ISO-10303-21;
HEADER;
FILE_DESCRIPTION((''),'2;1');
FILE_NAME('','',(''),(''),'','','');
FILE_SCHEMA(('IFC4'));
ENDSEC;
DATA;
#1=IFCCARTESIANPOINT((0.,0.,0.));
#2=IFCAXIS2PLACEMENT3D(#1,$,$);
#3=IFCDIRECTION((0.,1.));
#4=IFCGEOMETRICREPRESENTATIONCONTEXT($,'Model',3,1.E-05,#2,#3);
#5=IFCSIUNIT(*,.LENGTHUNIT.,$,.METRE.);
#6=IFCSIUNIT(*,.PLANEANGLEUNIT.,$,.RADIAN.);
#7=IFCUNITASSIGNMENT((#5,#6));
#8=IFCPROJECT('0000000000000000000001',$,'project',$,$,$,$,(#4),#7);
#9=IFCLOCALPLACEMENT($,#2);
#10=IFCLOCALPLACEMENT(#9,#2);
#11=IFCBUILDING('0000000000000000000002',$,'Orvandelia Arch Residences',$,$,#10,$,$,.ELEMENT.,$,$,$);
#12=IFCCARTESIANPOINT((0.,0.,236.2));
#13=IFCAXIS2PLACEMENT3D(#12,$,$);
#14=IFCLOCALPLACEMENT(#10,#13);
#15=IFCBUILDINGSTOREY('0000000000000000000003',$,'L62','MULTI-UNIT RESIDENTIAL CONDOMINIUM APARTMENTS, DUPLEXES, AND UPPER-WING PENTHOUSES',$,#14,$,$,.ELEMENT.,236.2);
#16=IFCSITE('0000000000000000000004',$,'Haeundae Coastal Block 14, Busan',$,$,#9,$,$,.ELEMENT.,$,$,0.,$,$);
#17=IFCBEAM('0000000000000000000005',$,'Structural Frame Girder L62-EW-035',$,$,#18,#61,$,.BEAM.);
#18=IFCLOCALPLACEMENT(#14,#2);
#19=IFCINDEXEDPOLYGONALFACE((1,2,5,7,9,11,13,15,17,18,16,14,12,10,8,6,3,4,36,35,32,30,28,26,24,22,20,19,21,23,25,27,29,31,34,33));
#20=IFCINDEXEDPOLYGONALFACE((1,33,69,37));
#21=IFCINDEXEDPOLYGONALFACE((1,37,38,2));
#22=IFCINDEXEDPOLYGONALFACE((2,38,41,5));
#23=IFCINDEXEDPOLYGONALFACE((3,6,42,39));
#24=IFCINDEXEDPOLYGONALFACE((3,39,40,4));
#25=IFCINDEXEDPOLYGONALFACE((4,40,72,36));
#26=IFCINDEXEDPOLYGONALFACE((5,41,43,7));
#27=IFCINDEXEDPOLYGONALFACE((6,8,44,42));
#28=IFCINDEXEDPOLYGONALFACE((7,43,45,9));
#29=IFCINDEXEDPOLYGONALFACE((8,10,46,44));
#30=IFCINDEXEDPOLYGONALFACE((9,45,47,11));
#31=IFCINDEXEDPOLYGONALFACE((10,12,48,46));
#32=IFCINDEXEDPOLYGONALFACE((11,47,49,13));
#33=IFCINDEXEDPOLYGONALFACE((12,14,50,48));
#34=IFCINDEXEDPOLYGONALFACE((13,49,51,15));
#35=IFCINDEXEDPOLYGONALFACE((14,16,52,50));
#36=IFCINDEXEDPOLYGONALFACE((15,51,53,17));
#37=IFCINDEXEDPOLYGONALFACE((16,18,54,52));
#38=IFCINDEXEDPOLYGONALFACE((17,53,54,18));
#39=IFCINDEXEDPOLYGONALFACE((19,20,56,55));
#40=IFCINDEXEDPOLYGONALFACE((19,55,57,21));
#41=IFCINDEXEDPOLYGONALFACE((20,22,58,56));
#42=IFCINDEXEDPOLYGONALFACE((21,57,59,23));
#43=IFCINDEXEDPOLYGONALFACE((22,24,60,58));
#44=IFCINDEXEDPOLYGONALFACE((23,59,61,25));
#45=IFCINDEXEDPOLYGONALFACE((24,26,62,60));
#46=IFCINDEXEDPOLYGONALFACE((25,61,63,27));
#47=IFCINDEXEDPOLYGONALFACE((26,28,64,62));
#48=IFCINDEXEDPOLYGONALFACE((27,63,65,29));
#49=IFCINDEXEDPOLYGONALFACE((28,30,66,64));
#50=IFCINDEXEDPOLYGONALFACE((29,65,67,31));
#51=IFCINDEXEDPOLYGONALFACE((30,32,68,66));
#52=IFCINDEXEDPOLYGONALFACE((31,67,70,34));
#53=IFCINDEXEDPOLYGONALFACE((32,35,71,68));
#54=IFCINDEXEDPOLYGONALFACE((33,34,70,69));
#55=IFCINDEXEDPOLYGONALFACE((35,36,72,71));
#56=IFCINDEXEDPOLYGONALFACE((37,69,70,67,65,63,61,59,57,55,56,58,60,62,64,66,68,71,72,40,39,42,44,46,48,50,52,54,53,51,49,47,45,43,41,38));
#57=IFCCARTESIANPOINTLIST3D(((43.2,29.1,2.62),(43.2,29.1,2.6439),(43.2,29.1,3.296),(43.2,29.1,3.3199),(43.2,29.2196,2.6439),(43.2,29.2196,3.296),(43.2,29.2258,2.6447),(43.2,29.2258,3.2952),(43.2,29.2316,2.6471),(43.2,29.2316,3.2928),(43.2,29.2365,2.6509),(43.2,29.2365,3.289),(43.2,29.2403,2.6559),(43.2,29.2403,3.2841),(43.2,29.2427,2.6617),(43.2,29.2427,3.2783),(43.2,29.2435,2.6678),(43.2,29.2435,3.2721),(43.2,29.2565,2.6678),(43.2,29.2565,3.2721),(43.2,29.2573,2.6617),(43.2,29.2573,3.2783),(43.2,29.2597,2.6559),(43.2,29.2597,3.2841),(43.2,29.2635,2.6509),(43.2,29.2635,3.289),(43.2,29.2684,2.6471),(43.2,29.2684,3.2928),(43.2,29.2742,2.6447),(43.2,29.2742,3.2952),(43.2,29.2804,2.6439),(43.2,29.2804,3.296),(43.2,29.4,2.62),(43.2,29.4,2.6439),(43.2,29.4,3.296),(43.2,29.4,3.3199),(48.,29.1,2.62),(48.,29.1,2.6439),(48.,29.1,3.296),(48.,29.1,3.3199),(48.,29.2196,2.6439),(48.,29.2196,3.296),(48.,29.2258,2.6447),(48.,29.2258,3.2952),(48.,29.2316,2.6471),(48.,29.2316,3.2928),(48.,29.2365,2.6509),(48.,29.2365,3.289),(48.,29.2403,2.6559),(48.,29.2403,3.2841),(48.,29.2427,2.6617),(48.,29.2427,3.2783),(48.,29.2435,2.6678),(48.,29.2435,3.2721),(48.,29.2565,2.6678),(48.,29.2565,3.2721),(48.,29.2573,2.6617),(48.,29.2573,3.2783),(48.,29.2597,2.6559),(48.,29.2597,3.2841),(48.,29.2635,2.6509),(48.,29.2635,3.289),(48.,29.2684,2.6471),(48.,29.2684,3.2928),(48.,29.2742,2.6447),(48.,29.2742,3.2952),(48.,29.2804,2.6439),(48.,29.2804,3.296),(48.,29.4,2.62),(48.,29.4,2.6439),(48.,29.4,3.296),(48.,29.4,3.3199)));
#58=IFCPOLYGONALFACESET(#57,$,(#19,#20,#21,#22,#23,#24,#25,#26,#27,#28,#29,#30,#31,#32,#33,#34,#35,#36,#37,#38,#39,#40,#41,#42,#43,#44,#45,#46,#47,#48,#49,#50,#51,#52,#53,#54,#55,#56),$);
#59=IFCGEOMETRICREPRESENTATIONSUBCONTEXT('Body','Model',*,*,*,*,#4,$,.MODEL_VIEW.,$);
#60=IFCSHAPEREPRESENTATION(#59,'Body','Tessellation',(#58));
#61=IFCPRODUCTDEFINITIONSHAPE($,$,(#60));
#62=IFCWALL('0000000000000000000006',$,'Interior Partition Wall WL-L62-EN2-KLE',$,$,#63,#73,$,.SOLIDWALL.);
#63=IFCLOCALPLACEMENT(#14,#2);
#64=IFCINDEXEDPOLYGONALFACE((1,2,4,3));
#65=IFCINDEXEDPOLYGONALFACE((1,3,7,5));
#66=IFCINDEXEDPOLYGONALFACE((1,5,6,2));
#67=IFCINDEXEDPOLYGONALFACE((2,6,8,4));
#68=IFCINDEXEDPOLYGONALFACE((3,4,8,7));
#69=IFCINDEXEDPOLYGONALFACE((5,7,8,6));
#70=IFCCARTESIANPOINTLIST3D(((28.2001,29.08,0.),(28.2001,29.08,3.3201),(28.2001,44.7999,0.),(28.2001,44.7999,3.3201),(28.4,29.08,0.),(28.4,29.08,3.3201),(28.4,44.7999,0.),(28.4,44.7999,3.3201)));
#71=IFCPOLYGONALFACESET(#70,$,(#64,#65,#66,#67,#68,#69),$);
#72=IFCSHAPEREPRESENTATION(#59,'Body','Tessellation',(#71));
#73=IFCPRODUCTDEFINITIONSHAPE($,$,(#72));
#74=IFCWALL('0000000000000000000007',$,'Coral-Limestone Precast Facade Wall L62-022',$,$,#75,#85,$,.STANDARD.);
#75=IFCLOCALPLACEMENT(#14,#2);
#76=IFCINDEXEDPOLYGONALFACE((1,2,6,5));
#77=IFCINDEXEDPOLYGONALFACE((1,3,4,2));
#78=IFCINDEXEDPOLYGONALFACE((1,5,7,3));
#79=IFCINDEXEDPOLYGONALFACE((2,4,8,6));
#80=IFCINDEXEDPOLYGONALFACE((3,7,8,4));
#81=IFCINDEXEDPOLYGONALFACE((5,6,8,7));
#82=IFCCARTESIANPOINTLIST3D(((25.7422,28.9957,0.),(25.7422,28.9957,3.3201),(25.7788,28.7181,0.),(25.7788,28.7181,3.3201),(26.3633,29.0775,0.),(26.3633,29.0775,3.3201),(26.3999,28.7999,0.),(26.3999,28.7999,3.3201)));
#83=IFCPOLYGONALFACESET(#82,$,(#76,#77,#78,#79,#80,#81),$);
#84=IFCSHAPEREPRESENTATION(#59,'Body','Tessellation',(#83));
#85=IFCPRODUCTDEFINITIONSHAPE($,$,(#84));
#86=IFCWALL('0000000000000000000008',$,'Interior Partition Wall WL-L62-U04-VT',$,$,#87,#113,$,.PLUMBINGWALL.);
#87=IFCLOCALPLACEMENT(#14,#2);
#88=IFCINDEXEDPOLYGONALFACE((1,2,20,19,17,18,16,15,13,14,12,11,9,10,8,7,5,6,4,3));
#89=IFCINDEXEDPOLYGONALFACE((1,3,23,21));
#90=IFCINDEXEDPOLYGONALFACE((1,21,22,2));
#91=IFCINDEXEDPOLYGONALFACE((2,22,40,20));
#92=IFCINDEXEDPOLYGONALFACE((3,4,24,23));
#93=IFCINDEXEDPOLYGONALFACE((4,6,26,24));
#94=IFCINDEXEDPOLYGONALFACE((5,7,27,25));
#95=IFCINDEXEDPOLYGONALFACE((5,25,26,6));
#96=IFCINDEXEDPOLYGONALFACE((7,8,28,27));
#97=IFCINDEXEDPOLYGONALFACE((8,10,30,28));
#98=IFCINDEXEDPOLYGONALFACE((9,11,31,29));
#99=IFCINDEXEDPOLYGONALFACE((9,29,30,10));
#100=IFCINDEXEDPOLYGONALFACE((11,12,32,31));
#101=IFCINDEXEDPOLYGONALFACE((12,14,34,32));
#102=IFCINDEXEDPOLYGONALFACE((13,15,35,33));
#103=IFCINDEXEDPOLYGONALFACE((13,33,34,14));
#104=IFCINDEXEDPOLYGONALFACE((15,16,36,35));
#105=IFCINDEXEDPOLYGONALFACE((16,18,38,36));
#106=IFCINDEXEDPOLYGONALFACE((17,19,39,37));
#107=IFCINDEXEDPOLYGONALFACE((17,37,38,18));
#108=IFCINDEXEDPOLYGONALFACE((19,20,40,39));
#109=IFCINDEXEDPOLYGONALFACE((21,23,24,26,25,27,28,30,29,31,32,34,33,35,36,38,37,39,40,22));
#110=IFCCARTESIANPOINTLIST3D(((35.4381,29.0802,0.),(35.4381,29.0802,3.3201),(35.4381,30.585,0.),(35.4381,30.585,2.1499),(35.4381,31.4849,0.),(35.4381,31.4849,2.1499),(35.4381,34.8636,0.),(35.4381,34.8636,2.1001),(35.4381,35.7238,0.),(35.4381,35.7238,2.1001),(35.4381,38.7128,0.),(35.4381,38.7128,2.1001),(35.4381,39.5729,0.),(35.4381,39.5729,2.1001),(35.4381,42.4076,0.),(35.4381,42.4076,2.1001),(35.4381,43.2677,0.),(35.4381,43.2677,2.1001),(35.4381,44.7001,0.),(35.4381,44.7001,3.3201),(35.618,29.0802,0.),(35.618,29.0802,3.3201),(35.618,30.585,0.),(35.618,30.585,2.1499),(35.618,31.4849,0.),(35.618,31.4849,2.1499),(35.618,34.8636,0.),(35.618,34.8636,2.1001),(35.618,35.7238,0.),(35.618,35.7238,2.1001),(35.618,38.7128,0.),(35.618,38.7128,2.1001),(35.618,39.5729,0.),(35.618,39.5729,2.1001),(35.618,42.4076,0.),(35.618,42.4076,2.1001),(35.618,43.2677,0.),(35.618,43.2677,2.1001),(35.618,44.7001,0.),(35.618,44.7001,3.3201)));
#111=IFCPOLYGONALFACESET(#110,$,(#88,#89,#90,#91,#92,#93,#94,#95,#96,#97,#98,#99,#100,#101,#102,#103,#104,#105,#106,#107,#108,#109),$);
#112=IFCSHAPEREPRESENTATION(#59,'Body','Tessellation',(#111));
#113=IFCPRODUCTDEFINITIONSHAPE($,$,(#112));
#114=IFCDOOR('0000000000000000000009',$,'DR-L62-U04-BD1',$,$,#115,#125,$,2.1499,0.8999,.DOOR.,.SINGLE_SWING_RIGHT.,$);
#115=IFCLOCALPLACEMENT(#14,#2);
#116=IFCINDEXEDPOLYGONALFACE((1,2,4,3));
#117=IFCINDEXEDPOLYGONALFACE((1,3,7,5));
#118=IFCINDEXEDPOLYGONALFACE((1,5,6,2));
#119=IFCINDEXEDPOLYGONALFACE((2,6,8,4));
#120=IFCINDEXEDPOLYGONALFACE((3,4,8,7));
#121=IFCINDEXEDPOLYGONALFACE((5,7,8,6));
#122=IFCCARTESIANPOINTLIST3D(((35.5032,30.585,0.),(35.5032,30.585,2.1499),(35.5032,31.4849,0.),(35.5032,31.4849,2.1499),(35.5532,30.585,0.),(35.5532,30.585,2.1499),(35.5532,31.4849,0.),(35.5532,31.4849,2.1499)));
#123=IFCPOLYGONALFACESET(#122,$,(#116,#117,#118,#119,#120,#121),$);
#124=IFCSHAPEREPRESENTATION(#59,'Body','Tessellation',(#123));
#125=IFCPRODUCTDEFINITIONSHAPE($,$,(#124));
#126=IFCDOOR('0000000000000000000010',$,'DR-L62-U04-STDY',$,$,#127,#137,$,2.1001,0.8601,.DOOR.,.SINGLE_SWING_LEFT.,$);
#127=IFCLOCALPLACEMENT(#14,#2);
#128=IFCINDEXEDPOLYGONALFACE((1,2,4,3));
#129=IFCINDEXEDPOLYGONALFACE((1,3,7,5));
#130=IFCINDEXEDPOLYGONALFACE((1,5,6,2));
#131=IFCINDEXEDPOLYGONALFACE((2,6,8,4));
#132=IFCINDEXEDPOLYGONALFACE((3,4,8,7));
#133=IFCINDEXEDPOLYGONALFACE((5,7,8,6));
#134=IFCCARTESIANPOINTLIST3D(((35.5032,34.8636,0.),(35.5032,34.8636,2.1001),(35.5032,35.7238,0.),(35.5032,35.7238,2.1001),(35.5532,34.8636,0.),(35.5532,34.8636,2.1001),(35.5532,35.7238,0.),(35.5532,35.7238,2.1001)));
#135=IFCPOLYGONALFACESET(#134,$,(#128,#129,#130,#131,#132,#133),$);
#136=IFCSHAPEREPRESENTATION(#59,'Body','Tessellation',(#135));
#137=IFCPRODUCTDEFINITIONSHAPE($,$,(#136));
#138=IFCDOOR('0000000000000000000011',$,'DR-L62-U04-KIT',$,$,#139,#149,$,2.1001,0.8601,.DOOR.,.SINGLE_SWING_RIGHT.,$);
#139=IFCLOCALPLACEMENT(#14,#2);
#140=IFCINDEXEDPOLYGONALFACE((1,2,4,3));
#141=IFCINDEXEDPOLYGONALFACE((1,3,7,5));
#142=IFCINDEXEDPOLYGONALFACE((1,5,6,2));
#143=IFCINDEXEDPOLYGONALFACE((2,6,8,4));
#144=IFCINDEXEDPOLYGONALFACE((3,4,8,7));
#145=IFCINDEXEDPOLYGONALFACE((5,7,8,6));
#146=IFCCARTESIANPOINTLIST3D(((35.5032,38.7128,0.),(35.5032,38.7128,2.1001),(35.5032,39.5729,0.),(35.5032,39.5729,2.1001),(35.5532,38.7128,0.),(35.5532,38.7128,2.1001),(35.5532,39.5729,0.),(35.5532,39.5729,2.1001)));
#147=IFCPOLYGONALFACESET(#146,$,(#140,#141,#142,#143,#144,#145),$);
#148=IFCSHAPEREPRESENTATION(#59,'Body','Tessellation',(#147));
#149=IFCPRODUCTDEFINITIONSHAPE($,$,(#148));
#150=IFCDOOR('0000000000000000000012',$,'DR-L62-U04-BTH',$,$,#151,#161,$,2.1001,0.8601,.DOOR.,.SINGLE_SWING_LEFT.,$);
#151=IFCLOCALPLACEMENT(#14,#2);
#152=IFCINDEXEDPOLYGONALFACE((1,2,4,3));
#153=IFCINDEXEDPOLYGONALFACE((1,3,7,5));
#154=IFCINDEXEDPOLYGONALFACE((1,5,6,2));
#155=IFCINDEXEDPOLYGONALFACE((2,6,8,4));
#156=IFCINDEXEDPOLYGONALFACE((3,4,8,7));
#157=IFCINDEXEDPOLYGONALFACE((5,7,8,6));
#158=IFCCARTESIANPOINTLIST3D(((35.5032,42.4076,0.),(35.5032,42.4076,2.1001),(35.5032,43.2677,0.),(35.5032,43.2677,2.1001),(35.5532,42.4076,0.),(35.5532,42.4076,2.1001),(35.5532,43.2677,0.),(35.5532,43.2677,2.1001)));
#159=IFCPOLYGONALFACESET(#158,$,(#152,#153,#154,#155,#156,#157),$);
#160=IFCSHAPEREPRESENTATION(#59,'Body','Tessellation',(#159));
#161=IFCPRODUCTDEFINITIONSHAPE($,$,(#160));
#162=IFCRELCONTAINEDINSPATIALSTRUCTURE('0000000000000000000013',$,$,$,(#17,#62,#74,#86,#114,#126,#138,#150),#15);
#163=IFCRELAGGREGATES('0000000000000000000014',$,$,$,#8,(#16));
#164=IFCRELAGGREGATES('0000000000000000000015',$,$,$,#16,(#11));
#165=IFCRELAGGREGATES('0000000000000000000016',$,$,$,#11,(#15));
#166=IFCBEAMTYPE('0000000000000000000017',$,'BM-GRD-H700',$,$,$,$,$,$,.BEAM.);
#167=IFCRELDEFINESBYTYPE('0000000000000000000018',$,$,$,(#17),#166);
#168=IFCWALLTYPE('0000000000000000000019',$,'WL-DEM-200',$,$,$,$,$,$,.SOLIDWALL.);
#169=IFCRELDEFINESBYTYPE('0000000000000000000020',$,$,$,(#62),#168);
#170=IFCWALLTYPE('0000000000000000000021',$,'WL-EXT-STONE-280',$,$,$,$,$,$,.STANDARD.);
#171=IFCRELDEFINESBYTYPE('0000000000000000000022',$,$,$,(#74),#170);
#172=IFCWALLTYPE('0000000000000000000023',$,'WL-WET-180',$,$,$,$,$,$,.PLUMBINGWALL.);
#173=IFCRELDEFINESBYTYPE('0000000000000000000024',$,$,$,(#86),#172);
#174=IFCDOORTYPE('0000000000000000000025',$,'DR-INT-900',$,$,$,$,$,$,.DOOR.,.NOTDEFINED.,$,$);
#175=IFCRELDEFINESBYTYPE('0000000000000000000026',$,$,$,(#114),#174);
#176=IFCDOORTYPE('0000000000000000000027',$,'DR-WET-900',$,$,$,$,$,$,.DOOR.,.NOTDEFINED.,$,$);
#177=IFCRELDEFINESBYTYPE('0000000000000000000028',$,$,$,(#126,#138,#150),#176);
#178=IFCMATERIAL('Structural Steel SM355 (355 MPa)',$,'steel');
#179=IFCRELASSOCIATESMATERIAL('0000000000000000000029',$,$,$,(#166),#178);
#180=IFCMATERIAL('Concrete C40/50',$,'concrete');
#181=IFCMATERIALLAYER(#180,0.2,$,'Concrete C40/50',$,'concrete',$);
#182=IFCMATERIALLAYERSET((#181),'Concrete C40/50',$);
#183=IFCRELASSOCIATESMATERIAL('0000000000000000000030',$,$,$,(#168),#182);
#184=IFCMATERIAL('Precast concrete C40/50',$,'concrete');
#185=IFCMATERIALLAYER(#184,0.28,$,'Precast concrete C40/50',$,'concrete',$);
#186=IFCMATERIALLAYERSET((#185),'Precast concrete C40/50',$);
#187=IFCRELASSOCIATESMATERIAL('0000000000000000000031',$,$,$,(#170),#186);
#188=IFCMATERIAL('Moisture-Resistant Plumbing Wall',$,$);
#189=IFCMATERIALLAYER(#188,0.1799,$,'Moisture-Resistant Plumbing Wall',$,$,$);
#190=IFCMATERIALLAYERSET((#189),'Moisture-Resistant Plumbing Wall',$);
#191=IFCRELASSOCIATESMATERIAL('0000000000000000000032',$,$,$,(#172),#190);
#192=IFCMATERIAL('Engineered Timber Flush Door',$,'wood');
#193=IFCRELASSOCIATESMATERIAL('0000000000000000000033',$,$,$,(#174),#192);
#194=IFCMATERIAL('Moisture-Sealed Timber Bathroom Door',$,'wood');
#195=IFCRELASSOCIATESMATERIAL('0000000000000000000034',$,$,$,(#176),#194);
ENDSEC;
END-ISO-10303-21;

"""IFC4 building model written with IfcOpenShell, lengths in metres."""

from ifc_helpers import new_model, si_unit, direction, frame, frame_2d, origin, origin_2d, place, context, subcontext, project, spatial, rectangle, i_section, extrude, material, layer, layer_set, material_profile, profile_set, type_object, element, fill, save


model = new_model("IFC4")

# Units and contexts
model_context = context("Model", 3, precision=1e-05, world=origin(), true_north=direction((0.0, 1.0)))
body_context = subcontext(model_context, "Body", "Model", "MODEL_VIEW")
ifc_project = project(units=[si_unit("LENGTHUNIT", "METRE"), si_unit("PLANEANGLEUNIT", "RADIAN")], contexts=[model_context])

# Site, building, storey
site_placement = place(None, origin())
site = spatial("IfcSite", under=ifc_project, at=site_placement, Name="Haeundae Coastal Block 14, Busan", CompositionType="ELEMENT", RefElevation=0.0)
building_placement = place(site_placement, origin())
building = spatial("IfcBuilding", under=site, at=building_placement, Name="Orvandelia Arch Residences", CompositionType="ELEMENT")
storey_placement = place(building_placement, frame((0.0, 0.0, 236.2)))
storey = spatial("IfcBuildingStorey", under=building, at=storey_placement, Name="L62", Description="MULTI-UNIT RESIDENTIAL CONDOMINIUM APARTMENTS, DUPLEXES, AND UPPER-WING PENTHOUSES", CompositionType="ELEMENT", Elevation=236.2)

# Beam
ifc_material_1 = material(Name="Structural Steel SM355 (355 MPa)", Category="steel")
ifc_material_profile_1 = material_profile(ifc_material_1, i_section(OverallWidth=0.3, OverallDepth=0.7, WebThickness=0.0129, FlangeThickness=0.0239, FilletRadius=0.0239, at=origin_2d()), Name="Structural Steel SM355 (355 MPa)", Category="steel")
ifc_profile_set_1 = profile_set([ifc_material_profile_1], Name="Structural Steel SM355 (355 MPa)")
beam_type = type_object("IfcBeamType", Name="BM-GRD-H700", PredefinedType="BEAM", material=ifc_profile_set_1)
for number, where, z_axis, x_axis, name in (
    (1, (43.2, 29.25, 2.97), (1.0, 0.0, 0.0), (0.0, 1.0, 0.0), "Structural Frame Girder L62-EW-035"),
):
    element("IfcBeam", number, at=place(storey_placement, frame(where, z_axis=z_axis, x_axis=x_axis)), inside=storey, type_object=beam_type, Name=name, PredefinedType="BEAM", context=body_context, shape_type="SweptSolid", body=[
        extrude(i_section(OverallWidth=0.3, OverallDepth=0.7, WebThickness=0.0129, FlangeThickness=0.0239, FilletRadius=0.0239, at=origin_2d()), origin(), (0.0, 0.0, 1.0), 4.8),
    ])

# Walls
ifc_material_2 = material(Name="Concrete C40/50", Category="concrete")
ifc_layer_1 = layer(ifc_material_2, 0.2, Name="Concrete C40/50", Category="concrete")
ifc_layer_set_1 = layer_set([ifc_layer_1], Name="Concrete C40/50")
wall_type_1 = type_object("IfcWallType", Name="WL-DEM-200", PredefinedType="SOLIDWALL", material=ifc_layer_set_1)
wall_1_placement = place(storey_placement, frame((28.3, 29.0801, 0.0), z_axis=(0.0, 0.0, 1.0), x_axis=(0.0, 1.0, 0.0)))
element("IfcWall", 2, at=wall_1_placement, inside=storey, type_object=wall_type_1, Name="Interior Partition Wall WL-L62-EN2-KLE", PredefinedType="SOLIDWALL", context=body_context, shape_type="SweptSolid", body=[
    extrude(rectangle(XDim=15.72, YDim=0.2, at=frame_2d((7.8599, 0.0))), origin(), (0.0, 0.0, 1.0), 3.3201),
])
ifc_material_3 = material(Name="Precast concrete C40/50", Category="concrete")
ifc_layer_2 = layer(ifc_material_3, 0.28, Name="Precast concrete C40/50", Category="concrete")
ifc_layer_set_2 = layer_set([ifc_layer_2], Name="Precast concrete C40/50")
wall_type_2 = type_object("IfcWallType", Name="WL-EXT-STONE-280", PredefinedType="STANDARD", material=ifc_layer_set_2)
wall_2_placement = place(storey_placement, frame((26.3816, 28.9387, 0.0), z_axis=(0.0, 0.0, 1.0), x_axis=(-0.991441, -0.130555, 0.0)))
element("IfcWall", 3, at=wall_2_placement, inside=storey, type_object=wall_type_2, Name="Coral-Limestone Precast Facade Wall L62-022", PredefinedType="STANDARD", context=body_context, shape_type="SweptSolid", body=[
    extrude(rectangle(XDim=0.6265, YDim=0.28, at=frame_2d((0.3132, 0.0))), origin(), (0.0, 0.0, 1.0), 3.3201),
])

# Wall, openings, doors
ifc_material_4 = material(Name="Moisture-Resistant Plumbing Wall")
ifc_layer_3 = layer(ifc_material_4, 0.1799, Name="Moisture-Resistant Plumbing Wall")
ifc_layer_set_3 = layer_set([ifc_layer_3], Name="Moisture-Resistant Plumbing Wall")
wall_type_3 = type_object("IfcWallType", Name="WL-WET-180", PredefinedType="PLUMBINGWALL", material=ifc_layer_set_3)
wall_3_placement = place(storey_placement, frame((35.5281, 29.0801, 0.0), z_axis=(0.0, 0.0, 1.0), x_axis=(0.0, 1.0, 0.0)))
wall_3 = element("IfcWall", 4, at=wall_3_placement, inside=storey, type_object=wall_type_3, Name="Interior Partition Wall WL-L62-U04-VT", PredefinedType="PLUMBINGWALL", context=body_context, shape_type="SweptSolid", body=[
    extrude(rectangle(XDim=15.6199, YDim=0.1799, at=frame_2d((7.8101, 0.0))), origin(), (0.0, 0.0, 1.0), 3.3201),
])
opening_1_placement = place(wall_3_placement, frame((1.5049, 0.0, 0.0)))
opening_1 = element("IfcOpeningElement", 5, at=opening_1_placement, cuts=wall_3, PredefinedType="OPENING", context=body_context, shape_type="SweptSolid", body=[
    extrude(rectangle(XDim=0.8999, YDim=2.1499, at=frame_2d((0.45, 1.075))), frame((0.0, 0.1001, 0.0), z_axis=(0.0, -1.0, 0.0), x_axis=(1.0, 0.0, 0.0)), (0.0, 0.0, 1.0), 0.2),
])
opening_2_placement = place(wall_3_placement, frame((5.7834, 0.0, 0.0)))
opening_2 = element("IfcOpeningElement", 6, at=opening_2_placement, cuts=wall_3, PredefinedType="OPENING", context=body_context, shape_type="SweptSolid", body=[
    extrude(rectangle(XDim=0.8601, YDim=2.1001, at=frame_2d((0.4302, 1.05))), frame((0.0, 0.1001, 0.0), z_axis=(0.0, -1.0, 0.0), x_axis=(1.0, 0.0, 0.0)), (0.0, 0.0, 1.0), 0.2),
])
opening_3_placement = place(wall_3_placement, frame((9.6326, 0.0, 0.0)))
opening_3 = element("IfcOpeningElement", 7, at=opening_3_placement, cuts=wall_3, PredefinedType="OPENING", context=body_context, shape_type="SweptSolid", body=[
    extrude(rectangle(XDim=0.8601, YDim=2.1001, at=frame_2d((0.4302, 1.05))), frame((0.0, 0.1001, 0.0), z_axis=(0.0, -1.0, 0.0), x_axis=(1.0, 0.0, 0.0)), (0.0, 0.0, 1.0), 0.2),
])
opening_4_placement = place(wall_3_placement, frame((13.3274, 0.0, 0.0)))
opening_4 = element("IfcOpeningElement", 8, at=opening_4_placement, cuts=wall_3, PredefinedType="OPENING", context=body_context, shape_type="SweptSolid", body=[
    extrude(rectangle(XDim=0.8601, YDim=2.1001, at=frame_2d((0.4302, 1.05))), frame((0.0, 0.1001, 0.0), z_axis=(0.0, -1.0, 0.0), x_axis=(1.0, 0.0, 0.0)), (0.0, 0.0, 1.0), 0.2),
])
ifc_material_5 = material(Name="Engineered Timber Flush Door", Category="wood")
door_type_1 = type_object("IfcDoorType", Name="DR-INT-900", OperationType="NOTDEFINED", PredefinedType="DOOR", material=ifc_material_5)
door_1_placement = place(opening_1_placement, origin())
door_1 = element("IfcDoor", 9, at=door_1_placement, inside=storey, type_object=door_type_1, Name="DR-L62-U04-BD1", OperationType="SINGLE_SWING_RIGHT", OverallHeight=2.1499, OverallWidth=0.8999, PredefinedType="DOOR", context=body_context, shape_type="SweptSolid", body=[
    extrude(rectangle(XDim=0.8999, YDim=2.1499, at=frame_2d((0.45, 1.075))), frame((0.0, 0.0249, 0.0), z_axis=(0.0, -1.0, 0.0), x_axis=(1.0, 0.0, 0.0)), (0.0, 0.0, 1.0), 0.05),
])
fill(opening_1, door_1)
ifc_material_6 = material(Name="Moisture-Sealed Timber Bathroom Door", Category="wood")
door_type_2 = type_object("IfcDoorType", Name="DR-WET-900", OperationType="NOTDEFINED", PredefinedType="DOOR", material=ifc_material_6)
door_2_placement = place(opening_2_placement, origin())
door_2 = element("IfcDoor", 10, at=door_2_placement, inside=storey, type_object=door_type_2, Name="DR-L62-U04-STDY", OperationType="SINGLE_SWING_LEFT", OverallHeight=2.1001, OverallWidth=0.8601, PredefinedType="DOOR", context=body_context, shape_type="SweptSolid", body=[
    extrude(rectangle(XDim=0.8601, YDim=2.1001, at=frame_2d((0.4302, 1.05))), frame((0.0, 0.0249, 0.0), z_axis=(0.0, -1.0, 0.0), x_axis=(1.0, 0.0, 0.0)), (0.0, 0.0, 1.0), 0.05),
])
fill(opening_2, door_2)
door_3_placement = place(opening_3_placement, origin())
door_3 = element("IfcDoor", 11, at=door_3_placement, inside=storey, type_object=door_type_2, Name="DR-L62-U04-KIT", OperationType="SINGLE_SWING_RIGHT", OverallHeight=2.1001, OverallWidth=0.8601, PredefinedType="DOOR", context=body_context, shape_type="SweptSolid", body=[
    extrude(rectangle(XDim=0.8601, YDim=2.1001, at=frame_2d((0.4302, 1.05))), frame((0.0, 0.0249, 0.0), z_axis=(0.0, -1.0, 0.0), x_axis=(1.0, 0.0, 0.0)), (0.0, 0.0, 1.0), 0.05),
])
fill(opening_3, door_3)
door_4_placement = place(opening_4_placement, origin())
door_4 = element("IfcDoor", 12, at=door_4_placement, inside=storey, type_object=door_type_2, Name="DR-L62-U04-BTH", OperationType="SINGLE_SWING_LEFT", OverallHeight=2.1001, OverallWidth=0.8601, PredefinedType="DOOR", context=body_context, shape_type="SweptSolid", body=[
    extrude(rectangle(XDim=0.8601, YDim=2.1001, at=frame_2d((0.4302, 1.05))), frame((0.0, 0.0249, 0.0), z_axis=(0.0, -1.0, 0.0), x_axis=(1.0, 0.0, 0.0)), (0.0, 0.0, 1.0), 0.05),
])
fill(opening_4, door_4)

save(model, "model.ifc")
